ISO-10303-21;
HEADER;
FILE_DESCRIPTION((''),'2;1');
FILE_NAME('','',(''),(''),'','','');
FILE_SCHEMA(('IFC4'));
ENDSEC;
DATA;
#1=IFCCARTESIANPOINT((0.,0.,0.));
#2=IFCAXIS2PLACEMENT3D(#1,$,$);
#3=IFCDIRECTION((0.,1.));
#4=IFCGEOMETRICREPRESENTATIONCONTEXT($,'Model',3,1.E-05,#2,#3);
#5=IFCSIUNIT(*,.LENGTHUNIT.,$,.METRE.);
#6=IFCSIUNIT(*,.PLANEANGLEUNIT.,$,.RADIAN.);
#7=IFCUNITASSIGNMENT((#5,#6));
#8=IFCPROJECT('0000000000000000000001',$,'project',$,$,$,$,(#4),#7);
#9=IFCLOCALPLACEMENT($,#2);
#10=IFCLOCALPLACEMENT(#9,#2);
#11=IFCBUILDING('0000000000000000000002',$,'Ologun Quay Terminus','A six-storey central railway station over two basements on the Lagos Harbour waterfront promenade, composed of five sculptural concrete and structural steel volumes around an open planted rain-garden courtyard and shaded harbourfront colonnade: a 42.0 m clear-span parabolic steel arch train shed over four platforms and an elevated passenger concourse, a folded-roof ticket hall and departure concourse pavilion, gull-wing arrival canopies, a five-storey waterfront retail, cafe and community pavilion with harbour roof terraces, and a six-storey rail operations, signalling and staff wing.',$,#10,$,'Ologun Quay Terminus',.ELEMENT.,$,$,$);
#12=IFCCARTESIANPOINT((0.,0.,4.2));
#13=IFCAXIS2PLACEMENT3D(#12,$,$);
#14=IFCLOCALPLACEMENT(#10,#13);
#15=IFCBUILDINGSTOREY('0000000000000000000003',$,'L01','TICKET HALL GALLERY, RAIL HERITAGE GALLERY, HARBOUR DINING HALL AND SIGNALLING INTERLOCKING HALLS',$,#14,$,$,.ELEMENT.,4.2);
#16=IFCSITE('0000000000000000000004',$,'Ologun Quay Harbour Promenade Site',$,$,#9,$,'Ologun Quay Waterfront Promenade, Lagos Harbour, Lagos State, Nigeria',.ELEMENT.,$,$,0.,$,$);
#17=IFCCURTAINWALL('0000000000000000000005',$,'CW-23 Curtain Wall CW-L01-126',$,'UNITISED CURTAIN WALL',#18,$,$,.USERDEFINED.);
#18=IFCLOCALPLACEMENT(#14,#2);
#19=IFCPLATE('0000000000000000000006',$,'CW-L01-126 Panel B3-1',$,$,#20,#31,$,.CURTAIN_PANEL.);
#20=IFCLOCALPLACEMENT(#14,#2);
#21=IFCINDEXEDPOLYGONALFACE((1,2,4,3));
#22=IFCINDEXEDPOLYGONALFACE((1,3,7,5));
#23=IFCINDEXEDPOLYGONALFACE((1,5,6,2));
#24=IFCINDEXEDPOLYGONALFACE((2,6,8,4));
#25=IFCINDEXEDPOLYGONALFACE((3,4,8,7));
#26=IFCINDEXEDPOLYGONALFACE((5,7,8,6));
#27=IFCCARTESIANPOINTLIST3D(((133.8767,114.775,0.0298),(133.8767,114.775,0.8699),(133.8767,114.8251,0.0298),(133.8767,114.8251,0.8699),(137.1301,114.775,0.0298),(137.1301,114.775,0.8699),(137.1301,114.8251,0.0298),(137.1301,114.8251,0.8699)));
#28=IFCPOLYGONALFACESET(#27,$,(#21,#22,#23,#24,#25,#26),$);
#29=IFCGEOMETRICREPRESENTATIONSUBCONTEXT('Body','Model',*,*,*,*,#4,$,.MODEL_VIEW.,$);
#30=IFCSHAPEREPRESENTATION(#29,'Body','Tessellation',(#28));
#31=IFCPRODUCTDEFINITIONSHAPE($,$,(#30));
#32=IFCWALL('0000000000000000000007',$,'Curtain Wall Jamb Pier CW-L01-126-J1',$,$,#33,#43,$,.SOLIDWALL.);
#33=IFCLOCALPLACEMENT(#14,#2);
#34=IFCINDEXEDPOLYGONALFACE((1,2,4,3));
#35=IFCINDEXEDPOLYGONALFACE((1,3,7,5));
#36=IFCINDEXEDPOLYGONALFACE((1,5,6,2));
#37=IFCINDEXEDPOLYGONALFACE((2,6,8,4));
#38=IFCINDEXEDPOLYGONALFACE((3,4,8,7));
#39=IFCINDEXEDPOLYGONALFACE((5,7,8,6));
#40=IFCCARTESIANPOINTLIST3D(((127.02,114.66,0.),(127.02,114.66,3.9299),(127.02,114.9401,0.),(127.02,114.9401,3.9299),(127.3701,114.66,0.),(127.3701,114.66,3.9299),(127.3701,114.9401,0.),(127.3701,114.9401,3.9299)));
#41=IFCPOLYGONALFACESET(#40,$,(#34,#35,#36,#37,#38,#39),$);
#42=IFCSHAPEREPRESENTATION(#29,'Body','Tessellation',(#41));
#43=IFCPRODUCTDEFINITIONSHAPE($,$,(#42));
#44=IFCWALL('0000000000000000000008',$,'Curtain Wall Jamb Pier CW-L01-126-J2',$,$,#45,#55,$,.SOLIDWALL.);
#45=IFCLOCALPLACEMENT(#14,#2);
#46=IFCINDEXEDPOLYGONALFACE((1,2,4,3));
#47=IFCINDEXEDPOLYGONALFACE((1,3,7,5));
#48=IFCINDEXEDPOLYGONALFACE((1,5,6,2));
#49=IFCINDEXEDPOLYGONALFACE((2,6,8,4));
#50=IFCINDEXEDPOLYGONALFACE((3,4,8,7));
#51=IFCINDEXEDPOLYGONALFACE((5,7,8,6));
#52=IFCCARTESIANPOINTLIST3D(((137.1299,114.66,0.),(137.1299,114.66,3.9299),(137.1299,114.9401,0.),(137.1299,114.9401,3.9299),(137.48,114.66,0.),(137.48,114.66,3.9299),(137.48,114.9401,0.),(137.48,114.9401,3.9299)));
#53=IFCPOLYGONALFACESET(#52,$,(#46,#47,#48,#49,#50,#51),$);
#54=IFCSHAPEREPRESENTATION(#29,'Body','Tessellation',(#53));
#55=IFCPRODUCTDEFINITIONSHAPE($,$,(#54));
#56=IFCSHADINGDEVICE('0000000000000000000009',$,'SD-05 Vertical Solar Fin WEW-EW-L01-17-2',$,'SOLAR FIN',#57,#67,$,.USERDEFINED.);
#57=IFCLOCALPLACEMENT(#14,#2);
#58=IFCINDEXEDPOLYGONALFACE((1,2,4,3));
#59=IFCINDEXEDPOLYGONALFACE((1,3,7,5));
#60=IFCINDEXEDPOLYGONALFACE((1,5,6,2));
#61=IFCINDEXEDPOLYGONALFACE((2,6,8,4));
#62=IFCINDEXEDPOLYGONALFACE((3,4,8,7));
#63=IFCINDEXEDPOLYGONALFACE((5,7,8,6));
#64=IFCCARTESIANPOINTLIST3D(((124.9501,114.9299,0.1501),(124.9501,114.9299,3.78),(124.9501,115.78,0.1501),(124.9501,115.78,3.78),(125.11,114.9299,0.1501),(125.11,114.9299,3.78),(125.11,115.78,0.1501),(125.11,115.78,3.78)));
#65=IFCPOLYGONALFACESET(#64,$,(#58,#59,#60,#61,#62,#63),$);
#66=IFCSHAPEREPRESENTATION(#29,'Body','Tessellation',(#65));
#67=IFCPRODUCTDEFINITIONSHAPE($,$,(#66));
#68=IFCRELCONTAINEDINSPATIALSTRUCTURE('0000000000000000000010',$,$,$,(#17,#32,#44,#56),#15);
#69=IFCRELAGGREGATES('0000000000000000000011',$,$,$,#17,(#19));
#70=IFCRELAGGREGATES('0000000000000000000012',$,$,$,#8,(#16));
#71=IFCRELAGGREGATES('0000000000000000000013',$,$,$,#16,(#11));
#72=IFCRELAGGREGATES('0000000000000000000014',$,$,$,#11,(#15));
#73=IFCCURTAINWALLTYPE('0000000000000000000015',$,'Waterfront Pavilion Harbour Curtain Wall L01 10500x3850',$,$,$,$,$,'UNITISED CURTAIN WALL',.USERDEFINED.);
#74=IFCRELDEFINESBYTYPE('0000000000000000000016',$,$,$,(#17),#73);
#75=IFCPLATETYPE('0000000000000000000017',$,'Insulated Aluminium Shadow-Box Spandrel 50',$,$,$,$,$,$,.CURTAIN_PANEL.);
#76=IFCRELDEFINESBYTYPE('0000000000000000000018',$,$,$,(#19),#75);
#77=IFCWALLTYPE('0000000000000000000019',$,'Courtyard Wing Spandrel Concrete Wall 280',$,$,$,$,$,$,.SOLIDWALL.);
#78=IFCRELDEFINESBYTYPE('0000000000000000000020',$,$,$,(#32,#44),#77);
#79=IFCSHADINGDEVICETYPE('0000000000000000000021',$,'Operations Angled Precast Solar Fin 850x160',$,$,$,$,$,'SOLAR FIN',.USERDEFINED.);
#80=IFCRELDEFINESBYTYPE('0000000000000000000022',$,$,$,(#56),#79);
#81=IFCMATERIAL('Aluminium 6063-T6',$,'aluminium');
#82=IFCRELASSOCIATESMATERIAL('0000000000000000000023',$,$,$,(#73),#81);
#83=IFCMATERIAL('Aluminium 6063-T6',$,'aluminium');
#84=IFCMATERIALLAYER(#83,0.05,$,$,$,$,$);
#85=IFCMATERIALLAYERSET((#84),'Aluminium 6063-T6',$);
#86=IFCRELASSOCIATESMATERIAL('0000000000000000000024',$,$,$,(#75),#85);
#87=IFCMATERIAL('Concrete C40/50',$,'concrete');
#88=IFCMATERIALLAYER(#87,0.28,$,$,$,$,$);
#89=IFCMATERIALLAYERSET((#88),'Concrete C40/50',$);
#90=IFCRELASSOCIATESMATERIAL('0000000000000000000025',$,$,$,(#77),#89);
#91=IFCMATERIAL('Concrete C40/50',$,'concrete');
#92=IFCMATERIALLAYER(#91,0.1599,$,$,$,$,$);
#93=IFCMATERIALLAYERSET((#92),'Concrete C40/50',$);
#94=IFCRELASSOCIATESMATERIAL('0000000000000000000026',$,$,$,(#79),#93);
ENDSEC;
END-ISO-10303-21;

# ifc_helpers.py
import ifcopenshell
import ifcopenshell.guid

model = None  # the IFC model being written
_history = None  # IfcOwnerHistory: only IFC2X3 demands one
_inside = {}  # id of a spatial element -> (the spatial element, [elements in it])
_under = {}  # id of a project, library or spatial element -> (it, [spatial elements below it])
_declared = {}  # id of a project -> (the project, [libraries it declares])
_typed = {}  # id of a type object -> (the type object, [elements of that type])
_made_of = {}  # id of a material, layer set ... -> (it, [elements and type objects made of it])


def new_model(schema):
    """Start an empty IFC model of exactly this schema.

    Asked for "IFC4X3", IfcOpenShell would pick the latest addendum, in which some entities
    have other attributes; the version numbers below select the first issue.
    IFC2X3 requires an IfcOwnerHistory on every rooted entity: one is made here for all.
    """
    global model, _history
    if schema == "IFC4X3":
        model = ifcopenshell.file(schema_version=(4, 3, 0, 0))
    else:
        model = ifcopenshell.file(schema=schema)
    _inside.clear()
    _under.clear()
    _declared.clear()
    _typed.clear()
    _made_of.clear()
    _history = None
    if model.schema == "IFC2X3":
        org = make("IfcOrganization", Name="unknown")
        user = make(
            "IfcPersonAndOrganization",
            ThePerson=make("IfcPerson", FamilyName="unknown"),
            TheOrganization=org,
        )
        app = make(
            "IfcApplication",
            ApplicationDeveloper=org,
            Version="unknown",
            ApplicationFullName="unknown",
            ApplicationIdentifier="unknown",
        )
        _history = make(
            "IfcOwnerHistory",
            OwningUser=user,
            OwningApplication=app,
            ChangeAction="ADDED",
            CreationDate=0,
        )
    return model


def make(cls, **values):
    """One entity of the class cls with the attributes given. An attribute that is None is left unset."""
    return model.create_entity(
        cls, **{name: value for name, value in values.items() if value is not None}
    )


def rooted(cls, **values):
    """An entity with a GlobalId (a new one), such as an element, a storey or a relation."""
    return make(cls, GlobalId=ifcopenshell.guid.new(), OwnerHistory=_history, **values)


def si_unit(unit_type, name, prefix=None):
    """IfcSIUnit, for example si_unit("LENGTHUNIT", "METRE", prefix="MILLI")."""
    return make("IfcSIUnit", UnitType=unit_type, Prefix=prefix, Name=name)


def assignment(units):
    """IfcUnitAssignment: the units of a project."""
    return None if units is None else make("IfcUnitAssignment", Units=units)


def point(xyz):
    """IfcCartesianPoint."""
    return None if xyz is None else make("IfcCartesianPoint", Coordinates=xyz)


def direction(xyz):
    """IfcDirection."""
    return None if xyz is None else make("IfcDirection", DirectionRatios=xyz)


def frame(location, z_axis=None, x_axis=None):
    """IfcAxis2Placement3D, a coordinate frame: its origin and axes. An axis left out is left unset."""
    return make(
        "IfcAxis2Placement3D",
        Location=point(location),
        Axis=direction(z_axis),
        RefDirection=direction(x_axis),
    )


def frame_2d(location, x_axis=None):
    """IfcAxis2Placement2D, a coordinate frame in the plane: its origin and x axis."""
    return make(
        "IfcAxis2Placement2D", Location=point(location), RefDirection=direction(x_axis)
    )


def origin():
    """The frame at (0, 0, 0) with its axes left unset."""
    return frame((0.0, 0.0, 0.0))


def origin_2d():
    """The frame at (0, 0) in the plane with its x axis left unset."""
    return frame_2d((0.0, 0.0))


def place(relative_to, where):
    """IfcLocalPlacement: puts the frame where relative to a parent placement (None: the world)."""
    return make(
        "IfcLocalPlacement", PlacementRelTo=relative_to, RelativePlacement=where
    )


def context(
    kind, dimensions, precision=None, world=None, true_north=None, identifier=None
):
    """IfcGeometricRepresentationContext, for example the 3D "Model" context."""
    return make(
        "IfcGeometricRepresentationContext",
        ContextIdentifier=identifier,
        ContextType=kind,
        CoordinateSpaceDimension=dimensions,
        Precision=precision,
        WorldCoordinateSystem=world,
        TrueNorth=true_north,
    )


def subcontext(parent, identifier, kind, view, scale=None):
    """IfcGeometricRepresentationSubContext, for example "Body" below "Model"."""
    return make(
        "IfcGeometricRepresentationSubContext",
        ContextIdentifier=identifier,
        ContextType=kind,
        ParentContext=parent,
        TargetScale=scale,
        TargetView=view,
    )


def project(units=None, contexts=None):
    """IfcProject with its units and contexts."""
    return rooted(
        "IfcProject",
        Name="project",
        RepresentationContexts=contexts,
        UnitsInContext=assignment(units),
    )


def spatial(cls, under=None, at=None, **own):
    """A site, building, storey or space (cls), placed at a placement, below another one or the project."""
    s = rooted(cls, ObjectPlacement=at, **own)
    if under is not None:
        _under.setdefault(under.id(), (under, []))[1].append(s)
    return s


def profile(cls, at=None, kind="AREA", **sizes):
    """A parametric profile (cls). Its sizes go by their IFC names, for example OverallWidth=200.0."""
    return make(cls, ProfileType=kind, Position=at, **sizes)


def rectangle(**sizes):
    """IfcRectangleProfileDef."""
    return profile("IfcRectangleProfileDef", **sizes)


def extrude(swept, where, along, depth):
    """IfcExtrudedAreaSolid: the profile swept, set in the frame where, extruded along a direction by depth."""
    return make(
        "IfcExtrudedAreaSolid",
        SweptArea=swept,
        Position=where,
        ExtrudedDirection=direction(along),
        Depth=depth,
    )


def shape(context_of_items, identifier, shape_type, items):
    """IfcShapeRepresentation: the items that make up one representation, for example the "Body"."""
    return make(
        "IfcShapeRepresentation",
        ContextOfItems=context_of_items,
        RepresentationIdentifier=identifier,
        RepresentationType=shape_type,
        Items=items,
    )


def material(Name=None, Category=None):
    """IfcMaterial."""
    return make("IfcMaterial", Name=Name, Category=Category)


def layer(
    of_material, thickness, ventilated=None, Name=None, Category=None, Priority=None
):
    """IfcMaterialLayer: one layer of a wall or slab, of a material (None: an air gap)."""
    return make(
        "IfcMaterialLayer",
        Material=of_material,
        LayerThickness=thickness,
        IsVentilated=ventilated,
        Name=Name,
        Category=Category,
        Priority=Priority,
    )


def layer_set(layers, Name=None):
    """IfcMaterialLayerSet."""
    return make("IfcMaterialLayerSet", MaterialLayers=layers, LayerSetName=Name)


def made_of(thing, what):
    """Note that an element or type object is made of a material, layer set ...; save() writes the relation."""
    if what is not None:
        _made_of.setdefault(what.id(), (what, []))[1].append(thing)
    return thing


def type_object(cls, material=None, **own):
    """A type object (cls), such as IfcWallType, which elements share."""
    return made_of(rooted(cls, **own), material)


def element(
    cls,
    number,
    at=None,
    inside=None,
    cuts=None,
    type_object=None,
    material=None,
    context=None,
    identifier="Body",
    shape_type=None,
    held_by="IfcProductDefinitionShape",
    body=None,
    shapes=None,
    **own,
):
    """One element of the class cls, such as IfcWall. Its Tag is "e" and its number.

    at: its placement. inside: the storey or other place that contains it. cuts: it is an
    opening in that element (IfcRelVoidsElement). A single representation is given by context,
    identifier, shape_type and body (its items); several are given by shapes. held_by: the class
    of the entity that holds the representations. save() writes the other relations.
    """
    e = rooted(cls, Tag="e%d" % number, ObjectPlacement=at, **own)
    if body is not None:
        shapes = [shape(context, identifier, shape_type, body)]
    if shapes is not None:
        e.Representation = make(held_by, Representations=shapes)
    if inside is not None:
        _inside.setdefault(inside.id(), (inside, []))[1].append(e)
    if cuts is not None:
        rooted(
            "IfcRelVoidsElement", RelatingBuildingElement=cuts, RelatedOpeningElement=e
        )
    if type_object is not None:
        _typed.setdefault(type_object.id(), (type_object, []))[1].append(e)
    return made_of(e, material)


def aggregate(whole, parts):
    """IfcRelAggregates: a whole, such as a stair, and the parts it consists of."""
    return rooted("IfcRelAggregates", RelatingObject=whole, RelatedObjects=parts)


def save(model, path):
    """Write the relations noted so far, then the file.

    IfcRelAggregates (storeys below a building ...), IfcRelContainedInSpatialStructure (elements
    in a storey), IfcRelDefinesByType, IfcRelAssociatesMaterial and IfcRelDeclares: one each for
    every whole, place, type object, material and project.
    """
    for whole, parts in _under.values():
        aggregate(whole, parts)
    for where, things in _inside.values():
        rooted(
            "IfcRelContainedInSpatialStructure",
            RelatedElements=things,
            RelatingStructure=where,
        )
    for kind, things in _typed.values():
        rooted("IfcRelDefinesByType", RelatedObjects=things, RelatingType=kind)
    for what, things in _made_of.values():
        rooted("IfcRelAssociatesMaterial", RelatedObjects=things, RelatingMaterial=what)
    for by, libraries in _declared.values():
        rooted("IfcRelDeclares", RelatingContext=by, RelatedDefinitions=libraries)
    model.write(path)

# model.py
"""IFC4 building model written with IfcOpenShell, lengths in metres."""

from ifc_helpers import new_model, si_unit, direction, frame, frame_2d, origin, origin_2d, place, context, subcontext, project, spatial, rectangle, extrude, material, layer, layer_set, type_object, element, aggregate, save


model = new_model("IFC4")

# Units and contexts
model_context = context("Model", 3, precision=1e-05, world=origin(), true_north=direction((0.0, 1.0)))
body_context = subcontext(model_context, "Body", "Model", "MODEL_VIEW")
ifc_project = project(units=[si_unit("LENGTHUNIT", "METRE"), si_unit("PLANEANGLEUNIT", "RADIAN")], contexts=[model_context])

# Site, building, storey
site_placement = place(None, origin())
site = spatial("IfcSite", under=ifc_project, at=site_placement, Name="Ologun Quay Harbour Promenade Site", LongName="Ologun Quay Waterfront Promenade, Lagos Harbour, Lagos State, Nigeria", CompositionType="ELEMENT", RefElevation=0.0)
building_placement = place(site_placement, origin())
building = spatial("IfcBuilding", under=site, at=building_placement, Name="Ologun Quay Terminus", Description="A six-storey central railway station over two basements on the Lagos Harbour waterfront promenade, composed of five sculptural concrete and structural steel volumes around an open planted rain-garden courtyard and shaded harbourfront colonnade: a 42.0 m clear-span parabolic steel arch train shed over four platforms and an elevated passenger concourse, a folded-roof ticket hall and departure concourse pavilion, gull-wing arrival canopies, a five-storey waterfront retail, cafe and community pavilion with harbour roof terraces, and a six-storey rail operations, signalling and staff wing.", LongName="Ologun Quay Terminus", CompositionType="ELEMENT")
storey_placement = place(building_placement, frame((0.0, 0.0, 4.2)))
storey = spatial("IfcBuildingStorey", under=building, at=storey_placement, Name="L01", Description="TICKET HALL GALLERY, RAIL HERITAGE GALLERY, HARBOUR DINING HALL AND SIGNALLING INTERLOCKING HALLS", CompositionType="ELEMENT", Elevation=4.2)

# Curtain wall
ifc_material_1 = material(Name="Aluminium 6063-T6", Category="aluminium")
curtain_wall_type = type_object("IfcCurtainWallType", Name="Waterfront Pavilion Harbour Curtain Wall L01 10500x3850", ElementType="UNITISED CURTAIN WALL", PredefinedType="USERDEFINED", material=ifc_material_1)
curtain_wall_placement = place(storey_placement, origin())
curtain_wall = element("IfcCurtainWall", 1, at=curtain_wall_placement, inside=storey, type_object=curtain_wall_type, Name="CW-23 Curtain Wall CW-L01-126", ObjectType="UNITISED CURTAIN WALL", PredefinedType="USERDEFINED")

# Plate
ifc_material_2 = material(Name="Aluminium 6063-T6", Category="aluminium")
ifc_layer_1 = layer(ifc_material_2, 0.05)
ifc_layer_set_1 = layer_set([ifc_layer_1], Name="Aluminium 6063-T6")
plate_type_1 = type_object("IfcPlateType", Name="Insulated Aluminium Shadow-Box Spandrel 50", PredefinedType="CURTAIN_PANEL", material=ifc_layer_set_1)
plate_1_placement = place(storey_placement, frame((135.5034, 114.8, 0.0298), z_axis=(0.0, 0.0, 1.0), x_axis=(1.0, 0.0, 0.0)))
plate_1 = element("IfcPlate", 2, at=plate_1_placement, type_object=plate_type_1, Name="CW-L01-126 Panel B3-1", PredefinedType="CURTAIN_PANEL", context=body_context, shape_type="SweptSolid", body=[
    extrude(rectangle(XDim=3.2534, YDim=0.05, at=origin_2d()), origin(), (0.0, 0.0, 1.0), 0.8401),
])
aggregate(curtain_wall, [plate_1])

# Walls
ifc_material_3 = material(Name="Concrete C40/50", Category="concrete")
ifc_layer_2 = layer(ifc_material_3, 0.28)
ifc_layer_set_2 = layer_set([ifc_layer_2], Name="Concrete C40/50")
wall_type = type_object("IfcWallType", Name="Courtyard Wing Spandrel Concrete Wall 280", PredefinedType="SOLIDWALL", material=ifc_layer_set_2)
for number, where, z_axis, x_axis, name in (
    (3, (127.02, 114.8, 0.0), (0.0, 0.0, 1.0), (1.0, 0.0, 0.0), "Curtain Wall Jamb Pier CW-L01-126-J1"),
    (4, (137.1299, 114.8, 0.0), (0.0, 0.0, 1.0), (1.0, 0.0, 0.0), "Curtain Wall Jamb Pier CW-L01-126-J2"),
):
    element("IfcWall", number, at=place(storey_placement, frame(where, z_axis=z_axis, x_axis=x_axis)), inside=storey, type_object=wall_type, Name=name, PredefinedType="SOLIDWALL", context=body_context, shape_type="SweptSolid", body=[
        extrude(rectangle(XDim=0.3501, YDim=0.28, at=frame_2d((0.175, 0.0))), origin(), (0.0, 0.0, 1.0), 3.9299),
    ])

# Shading device
ifc_material_4 = material(Name="Concrete C40/50", Category="concrete")
ifc_layer_3 = layer(ifc_material_4, 0.1599)
ifc_layer_set_3 = layer_set([ifc_layer_3], Name="Concrete C40/50")
shading_device_type = type_object("IfcShadingDeviceType", Name="Operations Angled Precast Solar Fin 850x160", ElementType="SOLAR FIN", PredefinedType="USERDEFINED", material=ifc_layer_set_3)
shading_device_placement = place(storey_placement, frame((125.03, 115.355, 0.1501), z_axis=(0.0, 0.0, 1.0), x_axis=(1.0, 0.0, 0.0)))
element("IfcShadingDevice", 5, at=shading_device_placement, inside=storey, type_object=shading_device_type, Name="SD-05 Vertical Solar Fin WEW-EW-L01-17-2", ObjectType="SOLAR FIN", PredefinedType="USERDEFINED", context=body_context, shape_type="SweptSolid", body=[
    extrude(rectangle(XDim=0.1599, YDim=0.8501, at=origin_2d()), origin(), (0.0, 0.0, 1.0), 3.6299),
])

save(model, "model.ifc")
